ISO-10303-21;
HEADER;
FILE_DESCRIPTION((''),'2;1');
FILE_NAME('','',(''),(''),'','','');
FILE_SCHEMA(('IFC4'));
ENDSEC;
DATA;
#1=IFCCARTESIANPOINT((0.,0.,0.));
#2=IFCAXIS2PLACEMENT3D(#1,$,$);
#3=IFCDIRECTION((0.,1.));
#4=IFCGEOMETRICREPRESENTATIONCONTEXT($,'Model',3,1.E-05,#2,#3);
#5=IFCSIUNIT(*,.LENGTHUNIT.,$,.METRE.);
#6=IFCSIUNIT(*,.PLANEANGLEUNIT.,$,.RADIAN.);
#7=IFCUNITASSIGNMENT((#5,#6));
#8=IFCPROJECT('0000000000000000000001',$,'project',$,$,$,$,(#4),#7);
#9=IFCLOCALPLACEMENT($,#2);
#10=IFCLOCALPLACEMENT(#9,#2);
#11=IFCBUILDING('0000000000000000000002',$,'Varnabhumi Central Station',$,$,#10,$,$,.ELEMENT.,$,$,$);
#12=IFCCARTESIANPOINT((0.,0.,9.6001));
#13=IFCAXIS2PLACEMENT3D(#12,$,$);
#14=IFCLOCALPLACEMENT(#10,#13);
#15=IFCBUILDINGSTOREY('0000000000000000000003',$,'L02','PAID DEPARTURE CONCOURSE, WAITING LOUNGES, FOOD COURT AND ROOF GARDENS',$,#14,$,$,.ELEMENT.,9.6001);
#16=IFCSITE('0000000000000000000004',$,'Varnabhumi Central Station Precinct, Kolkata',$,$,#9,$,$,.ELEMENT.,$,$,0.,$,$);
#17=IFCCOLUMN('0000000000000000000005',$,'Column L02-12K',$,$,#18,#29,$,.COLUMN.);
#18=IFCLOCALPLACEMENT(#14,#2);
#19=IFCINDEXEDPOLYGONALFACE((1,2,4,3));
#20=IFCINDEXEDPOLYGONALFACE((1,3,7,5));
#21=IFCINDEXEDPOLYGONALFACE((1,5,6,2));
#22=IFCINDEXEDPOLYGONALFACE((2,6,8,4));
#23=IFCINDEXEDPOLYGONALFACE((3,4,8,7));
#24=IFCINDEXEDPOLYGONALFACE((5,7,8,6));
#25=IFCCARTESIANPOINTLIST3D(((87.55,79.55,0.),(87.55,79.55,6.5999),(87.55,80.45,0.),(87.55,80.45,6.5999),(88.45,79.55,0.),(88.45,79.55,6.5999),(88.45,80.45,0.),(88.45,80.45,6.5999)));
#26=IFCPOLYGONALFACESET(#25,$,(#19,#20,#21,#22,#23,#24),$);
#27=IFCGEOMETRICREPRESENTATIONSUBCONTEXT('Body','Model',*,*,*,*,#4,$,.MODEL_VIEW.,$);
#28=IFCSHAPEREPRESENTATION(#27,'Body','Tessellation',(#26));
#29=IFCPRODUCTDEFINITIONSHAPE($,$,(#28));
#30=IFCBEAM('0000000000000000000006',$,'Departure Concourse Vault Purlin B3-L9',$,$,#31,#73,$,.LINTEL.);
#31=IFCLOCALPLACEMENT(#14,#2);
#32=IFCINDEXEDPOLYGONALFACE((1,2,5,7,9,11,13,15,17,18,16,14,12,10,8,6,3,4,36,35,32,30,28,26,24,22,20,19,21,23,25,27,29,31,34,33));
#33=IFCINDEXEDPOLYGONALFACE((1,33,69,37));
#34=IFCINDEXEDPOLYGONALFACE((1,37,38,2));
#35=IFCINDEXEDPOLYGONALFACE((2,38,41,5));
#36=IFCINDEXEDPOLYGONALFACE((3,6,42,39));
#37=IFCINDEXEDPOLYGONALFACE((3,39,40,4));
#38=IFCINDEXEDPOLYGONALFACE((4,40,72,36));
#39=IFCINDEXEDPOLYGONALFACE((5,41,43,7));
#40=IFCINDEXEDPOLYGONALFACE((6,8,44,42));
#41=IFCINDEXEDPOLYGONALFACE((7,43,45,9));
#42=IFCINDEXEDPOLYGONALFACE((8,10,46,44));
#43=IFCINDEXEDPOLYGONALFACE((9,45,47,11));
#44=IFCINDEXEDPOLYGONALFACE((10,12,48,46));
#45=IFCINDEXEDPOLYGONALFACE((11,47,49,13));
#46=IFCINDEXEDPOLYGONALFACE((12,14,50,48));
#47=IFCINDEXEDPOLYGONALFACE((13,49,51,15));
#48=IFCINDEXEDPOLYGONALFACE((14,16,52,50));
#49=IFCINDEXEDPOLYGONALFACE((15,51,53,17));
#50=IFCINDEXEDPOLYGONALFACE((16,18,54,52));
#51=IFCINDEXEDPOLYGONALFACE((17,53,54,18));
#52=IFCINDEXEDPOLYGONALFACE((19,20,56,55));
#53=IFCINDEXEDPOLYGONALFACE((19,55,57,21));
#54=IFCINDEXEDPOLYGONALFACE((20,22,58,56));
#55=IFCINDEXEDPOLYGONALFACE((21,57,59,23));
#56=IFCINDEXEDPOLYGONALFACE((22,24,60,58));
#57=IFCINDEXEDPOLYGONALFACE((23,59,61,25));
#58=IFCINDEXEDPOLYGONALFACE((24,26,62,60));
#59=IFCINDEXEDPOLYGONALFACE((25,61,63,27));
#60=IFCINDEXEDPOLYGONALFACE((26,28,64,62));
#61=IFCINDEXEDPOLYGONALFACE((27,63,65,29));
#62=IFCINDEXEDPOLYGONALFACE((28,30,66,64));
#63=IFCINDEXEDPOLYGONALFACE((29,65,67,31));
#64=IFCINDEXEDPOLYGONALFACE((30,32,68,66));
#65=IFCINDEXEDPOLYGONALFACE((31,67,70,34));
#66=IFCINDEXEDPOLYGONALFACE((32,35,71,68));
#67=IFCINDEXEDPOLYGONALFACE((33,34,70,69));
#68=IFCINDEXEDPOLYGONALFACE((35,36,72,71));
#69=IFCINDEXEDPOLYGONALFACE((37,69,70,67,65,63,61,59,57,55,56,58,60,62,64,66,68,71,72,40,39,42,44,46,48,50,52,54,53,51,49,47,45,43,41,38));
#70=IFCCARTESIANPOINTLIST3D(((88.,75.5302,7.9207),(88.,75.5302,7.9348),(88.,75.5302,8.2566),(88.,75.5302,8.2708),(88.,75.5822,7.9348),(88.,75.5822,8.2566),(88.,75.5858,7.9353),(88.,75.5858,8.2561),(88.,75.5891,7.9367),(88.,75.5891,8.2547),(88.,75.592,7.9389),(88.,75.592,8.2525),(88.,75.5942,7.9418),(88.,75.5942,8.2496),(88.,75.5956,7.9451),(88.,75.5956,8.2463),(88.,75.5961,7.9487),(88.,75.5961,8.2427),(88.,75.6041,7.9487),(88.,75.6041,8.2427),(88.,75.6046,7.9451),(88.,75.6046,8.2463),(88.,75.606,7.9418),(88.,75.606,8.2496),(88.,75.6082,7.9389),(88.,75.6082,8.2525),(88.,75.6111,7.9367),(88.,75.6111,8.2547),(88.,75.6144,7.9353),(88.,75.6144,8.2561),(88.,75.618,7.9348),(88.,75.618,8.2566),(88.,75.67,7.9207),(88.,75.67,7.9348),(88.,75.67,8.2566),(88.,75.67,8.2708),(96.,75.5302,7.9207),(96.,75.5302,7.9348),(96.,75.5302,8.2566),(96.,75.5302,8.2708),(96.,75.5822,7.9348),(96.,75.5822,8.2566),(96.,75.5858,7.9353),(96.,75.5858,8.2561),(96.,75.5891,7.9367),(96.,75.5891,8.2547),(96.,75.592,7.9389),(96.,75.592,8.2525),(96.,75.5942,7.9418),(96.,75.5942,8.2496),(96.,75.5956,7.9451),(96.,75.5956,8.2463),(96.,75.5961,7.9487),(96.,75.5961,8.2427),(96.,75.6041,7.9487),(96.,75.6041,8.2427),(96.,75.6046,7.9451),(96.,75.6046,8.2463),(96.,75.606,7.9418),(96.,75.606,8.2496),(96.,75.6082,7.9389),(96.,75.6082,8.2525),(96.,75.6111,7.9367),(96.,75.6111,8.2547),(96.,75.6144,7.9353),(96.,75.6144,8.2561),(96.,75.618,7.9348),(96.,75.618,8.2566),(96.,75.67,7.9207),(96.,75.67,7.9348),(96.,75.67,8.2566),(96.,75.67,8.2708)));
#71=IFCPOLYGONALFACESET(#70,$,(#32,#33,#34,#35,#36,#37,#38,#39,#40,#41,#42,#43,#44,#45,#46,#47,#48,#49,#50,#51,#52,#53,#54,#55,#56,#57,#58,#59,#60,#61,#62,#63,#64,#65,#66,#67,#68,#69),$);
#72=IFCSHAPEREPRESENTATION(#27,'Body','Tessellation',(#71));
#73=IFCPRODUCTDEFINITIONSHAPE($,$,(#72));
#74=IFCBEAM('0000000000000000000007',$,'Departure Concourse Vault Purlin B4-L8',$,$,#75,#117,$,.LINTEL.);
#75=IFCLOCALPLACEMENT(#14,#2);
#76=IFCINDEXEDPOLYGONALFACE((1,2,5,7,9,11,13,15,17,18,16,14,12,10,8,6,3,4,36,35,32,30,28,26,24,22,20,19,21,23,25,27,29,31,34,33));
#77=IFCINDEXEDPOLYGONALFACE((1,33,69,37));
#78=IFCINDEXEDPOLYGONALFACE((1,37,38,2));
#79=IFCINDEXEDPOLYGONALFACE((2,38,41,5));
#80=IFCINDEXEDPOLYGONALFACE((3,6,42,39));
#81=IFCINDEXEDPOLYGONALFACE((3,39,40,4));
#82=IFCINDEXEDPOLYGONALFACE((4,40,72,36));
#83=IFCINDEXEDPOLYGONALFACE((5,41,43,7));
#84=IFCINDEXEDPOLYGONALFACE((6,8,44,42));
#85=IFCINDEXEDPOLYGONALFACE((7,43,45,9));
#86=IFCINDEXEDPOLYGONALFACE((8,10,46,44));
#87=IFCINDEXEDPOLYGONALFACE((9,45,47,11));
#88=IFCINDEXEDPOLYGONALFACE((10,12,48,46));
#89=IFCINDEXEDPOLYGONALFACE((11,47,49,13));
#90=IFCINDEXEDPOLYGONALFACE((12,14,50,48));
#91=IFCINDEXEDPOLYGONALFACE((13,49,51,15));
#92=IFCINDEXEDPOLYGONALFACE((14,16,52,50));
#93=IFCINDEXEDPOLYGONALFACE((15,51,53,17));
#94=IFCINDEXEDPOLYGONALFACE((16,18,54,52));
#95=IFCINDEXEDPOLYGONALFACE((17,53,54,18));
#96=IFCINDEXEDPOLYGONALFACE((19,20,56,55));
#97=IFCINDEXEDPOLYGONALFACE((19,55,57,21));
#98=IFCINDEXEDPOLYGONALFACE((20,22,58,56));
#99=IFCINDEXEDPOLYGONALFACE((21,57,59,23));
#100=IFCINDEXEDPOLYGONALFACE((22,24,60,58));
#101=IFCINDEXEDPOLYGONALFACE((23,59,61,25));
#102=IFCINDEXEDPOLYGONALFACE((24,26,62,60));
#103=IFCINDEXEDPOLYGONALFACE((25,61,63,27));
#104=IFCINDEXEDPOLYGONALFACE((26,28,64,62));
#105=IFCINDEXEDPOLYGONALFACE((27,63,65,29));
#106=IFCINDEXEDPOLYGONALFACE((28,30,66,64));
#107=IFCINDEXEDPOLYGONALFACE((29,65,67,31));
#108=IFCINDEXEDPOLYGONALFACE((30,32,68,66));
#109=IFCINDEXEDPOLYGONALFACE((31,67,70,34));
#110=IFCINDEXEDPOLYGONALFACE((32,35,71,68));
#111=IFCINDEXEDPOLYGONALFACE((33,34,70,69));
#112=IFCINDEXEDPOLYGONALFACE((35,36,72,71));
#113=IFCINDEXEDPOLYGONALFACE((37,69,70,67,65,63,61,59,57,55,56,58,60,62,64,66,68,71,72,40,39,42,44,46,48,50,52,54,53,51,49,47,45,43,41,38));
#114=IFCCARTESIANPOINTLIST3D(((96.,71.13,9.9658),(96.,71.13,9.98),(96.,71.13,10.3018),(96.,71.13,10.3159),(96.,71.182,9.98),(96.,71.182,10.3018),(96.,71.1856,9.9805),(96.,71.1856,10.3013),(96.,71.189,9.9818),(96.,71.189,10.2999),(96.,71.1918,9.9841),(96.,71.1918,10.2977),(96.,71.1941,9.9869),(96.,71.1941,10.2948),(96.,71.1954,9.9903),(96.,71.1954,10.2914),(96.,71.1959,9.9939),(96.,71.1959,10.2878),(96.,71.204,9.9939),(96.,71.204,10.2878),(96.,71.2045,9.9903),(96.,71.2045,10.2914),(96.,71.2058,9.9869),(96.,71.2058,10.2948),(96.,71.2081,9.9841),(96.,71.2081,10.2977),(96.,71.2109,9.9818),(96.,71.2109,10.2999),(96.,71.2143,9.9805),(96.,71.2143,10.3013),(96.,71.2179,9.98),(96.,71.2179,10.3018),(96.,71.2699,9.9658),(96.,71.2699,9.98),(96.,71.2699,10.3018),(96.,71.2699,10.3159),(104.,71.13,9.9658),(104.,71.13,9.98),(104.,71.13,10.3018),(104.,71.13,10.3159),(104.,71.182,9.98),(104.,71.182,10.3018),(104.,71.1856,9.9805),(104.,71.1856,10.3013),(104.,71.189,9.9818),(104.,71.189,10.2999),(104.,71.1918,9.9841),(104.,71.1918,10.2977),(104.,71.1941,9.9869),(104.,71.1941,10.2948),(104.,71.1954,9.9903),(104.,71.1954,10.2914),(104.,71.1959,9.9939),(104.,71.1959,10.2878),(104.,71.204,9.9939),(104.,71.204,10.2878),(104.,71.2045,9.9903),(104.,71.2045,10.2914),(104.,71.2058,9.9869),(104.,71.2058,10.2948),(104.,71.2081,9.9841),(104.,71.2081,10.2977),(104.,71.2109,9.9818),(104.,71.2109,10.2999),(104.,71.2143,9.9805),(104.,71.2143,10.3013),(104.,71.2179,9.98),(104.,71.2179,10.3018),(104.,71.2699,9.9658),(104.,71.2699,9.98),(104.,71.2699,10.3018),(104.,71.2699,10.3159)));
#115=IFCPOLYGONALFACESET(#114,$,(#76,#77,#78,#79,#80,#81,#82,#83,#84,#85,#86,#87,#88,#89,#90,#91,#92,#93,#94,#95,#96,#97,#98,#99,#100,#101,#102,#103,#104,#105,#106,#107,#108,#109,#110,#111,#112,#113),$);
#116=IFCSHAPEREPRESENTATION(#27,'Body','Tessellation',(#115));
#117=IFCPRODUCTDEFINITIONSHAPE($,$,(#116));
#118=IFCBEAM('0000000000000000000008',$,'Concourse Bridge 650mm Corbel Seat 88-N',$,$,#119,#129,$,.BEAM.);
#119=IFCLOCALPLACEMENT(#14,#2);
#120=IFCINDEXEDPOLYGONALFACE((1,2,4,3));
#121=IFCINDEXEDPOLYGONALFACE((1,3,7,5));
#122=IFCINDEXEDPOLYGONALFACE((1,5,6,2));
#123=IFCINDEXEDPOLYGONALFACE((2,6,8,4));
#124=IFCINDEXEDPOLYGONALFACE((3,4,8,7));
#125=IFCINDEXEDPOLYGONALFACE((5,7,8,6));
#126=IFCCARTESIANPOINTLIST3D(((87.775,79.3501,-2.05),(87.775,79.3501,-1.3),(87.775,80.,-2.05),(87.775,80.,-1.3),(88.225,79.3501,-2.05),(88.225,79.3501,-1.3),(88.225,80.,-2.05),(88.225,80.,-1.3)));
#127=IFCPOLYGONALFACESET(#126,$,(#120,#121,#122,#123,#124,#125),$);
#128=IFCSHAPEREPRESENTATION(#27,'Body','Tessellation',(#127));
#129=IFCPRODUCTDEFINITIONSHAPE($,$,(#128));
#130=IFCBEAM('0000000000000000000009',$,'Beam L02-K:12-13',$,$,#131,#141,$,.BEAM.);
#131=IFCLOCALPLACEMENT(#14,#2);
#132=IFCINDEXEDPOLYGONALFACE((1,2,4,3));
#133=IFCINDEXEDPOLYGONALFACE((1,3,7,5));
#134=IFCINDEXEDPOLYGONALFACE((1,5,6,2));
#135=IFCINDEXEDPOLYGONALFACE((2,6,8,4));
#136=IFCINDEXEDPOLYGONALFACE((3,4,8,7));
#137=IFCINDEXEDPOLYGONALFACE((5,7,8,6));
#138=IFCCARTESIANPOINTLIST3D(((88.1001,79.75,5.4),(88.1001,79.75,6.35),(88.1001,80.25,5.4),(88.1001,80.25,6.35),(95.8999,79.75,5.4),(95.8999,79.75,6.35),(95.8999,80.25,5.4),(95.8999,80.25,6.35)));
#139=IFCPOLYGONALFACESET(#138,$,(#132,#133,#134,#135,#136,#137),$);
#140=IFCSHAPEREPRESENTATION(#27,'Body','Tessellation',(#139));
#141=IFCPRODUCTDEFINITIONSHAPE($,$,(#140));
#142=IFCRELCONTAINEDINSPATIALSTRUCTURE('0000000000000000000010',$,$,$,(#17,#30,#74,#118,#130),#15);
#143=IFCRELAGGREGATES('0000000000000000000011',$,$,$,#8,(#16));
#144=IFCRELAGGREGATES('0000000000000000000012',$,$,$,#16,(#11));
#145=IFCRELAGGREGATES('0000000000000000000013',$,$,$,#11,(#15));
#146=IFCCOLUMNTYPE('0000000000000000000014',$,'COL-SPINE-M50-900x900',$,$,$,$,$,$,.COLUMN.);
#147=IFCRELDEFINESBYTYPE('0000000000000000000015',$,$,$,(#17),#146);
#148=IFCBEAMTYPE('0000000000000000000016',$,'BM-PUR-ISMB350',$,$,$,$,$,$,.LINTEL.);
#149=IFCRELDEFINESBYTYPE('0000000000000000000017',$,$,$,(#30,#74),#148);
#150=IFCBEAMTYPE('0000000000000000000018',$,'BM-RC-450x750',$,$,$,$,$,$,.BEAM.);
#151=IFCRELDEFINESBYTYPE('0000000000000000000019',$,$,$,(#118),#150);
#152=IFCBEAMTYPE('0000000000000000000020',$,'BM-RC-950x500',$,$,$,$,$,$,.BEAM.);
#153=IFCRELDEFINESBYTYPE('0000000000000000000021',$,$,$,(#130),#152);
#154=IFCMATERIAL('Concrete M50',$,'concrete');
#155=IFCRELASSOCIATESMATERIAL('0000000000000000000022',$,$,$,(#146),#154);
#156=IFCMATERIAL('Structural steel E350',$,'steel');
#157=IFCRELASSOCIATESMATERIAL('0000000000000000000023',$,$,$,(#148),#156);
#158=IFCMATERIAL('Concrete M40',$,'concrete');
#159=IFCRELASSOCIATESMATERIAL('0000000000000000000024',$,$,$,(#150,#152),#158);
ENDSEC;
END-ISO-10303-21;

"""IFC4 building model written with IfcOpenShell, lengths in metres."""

from ifc_helpers import new_model, si_unit, direction, frame, origin, origin_2d, place, context, subcontext, project, spatial, rectangle, i_section, extrude, material, material_profile, profile_set, type_object, element, save


model = new_model("IFC4")

# Units and contexts
model_context = context("Model", 3, precision=1e-05, world=origin(), true_north=direction((0.0, 1.0)))
body_context = subcontext(model_context, "Body", "Model", "MODEL_VIEW")
ifc_project = project(units=[si_unit("LENGTHUNIT", "METRE"), si_unit("PLANEANGLEUNIT", "RADIAN")], contexts=[model_context])

# Site, building, storey
site_placement = place(None, origin())
site = spatial("IfcSite", under=ifc_project, at=site_placement, Name="Varnabhumi Central Station Precinct, Kolkata", CompositionType="ELEMENT", RefElevation=0.0)
building_placement = place(site_placement, origin())
building = spatial("IfcBuilding", under=site, at=building_placement, Name="Varnabhumi Central Station", CompositionType="ELEMENT")
storey_placement = place(building_placement, frame((0.0, 0.0, 9.6001)))
storey = spatial("IfcBuildingStorey", under=building, at=storey_placement, Name="L02", Description="PAID DEPARTURE CONCOURSE, WAITING LOUNGES, FOOD COURT AND ROOF GARDENS", CompositionType="ELEMENT", Elevation=9.6001)

# Column
ifc_material_1 = material(Name="Concrete M50", Category="concrete")
ifc_material_profile_1 = material_profile(ifc_material_1, rectangle(XDim=0.8999, YDim=0.8999, at=origin_2d()), Name="Concrete M50", Category="concrete")
ifc_profile_set_1 = profile_set([ifc_material_profile_1], Name="Concrete M50")
column_type = type_object("IfcColumnType", Name="COL-SPINE-M50-900x900", PredefinedType="COLUMN", material=ifc_profile_set_1)
column_placement = place(storey_placement, frame((88.0, 80.0, 0.0), z_axis=(0.0, 0.0, 1.0), x_axis=(1.0, 0.0, 0.0)))
element("IfcColumn", 1, at=column_placement, inside=storey, type_object=column_type, Name="Column L02-12K", PredefinedType="COLUMN", context=body_context, shape_type="SweptSolid", body=[
    extrude(rectangle(XDim=0.8999, YDim=0.8999, at=origin_2d()), origin(), (0.0, 0.0, 1.0), 6.5999),
])

# Beams
ifc_material_2 = material(Name="Structural steel E350", Category="steel")
ifc_material_profile_2 = material_profile(ifc_material_2, i_section(OverallWidth=0.1399, OverallDepth=0.3501, WebThickness=0.0081, FlangeThickness=0.0142, FilletRadius=0.0139, at=origin_2d()), Name="Structural steel E350", Category="steel")
ifc_profile_set_2 = profile_set([ifc_material_profile_2], Name="Structural steel E350")
beam_type_1 = type_object("IfcBeamType", Name="BM-PUR-ISMB350", PredefinedType="LINTEL", material=ifc_profile_set_2)
for number, where, z_axis, x_axis, name in (
    (2, (88.0, 75.6001, 8.0957), (1.0, 0.0, 0.0), (0.0, 1.0, 0.0), "Departure Concourse Vault Purlin B3-L9"),
    (3, (96.0, 71.2, 10.1409), (1.0, 0.0, 0.0), (0.0, 1.0, 0.0), "Departure Concourse Vault Purlin B4-L8"),
):
    element("IfcBeam", number, at=place(storey_placement, frame(where, z_axis=z_axis, x_axis=x_axis)), inside=storey, type_object=beam_type_1, Name=name, PredefinedType="LINTEL", context=body_context, shape_type="SweptSolid", body=[
        extrude(i_section(OverallWidth=0.1399, OverallDepth=0.3501, WebThickness=0.0081, FlangeThickness=0.0142, FilletRadius=0.0139, at=origin_2d()), origin(), (0.0, 0.0, 1.0), 8.0),
    ])
ifc_material_3 = material(Name="Concrete M40", Category="concrete")
ifc_material_profile_3 = material_profile(ifc_material_3, rectangle(XDim=0.45, YDim=0.75, at=origin_2d()), Name="Concrete M40", Category="concrete")
ifc_profile_set_3 = profile_set([ifc_material_profile_3], Name="Concrete M40")
beam_type_2 = type_object("IfcBeamType", Name="BM-RC-450x750", PredefinedType="BEAM", material=ifc_profile_set_3)
beam_1_placement = place(storey_placement, frame((88.0, 80.0, -1.675), z_axis=(0.0, -1.0, 0.0), x_axis=(1.0, 0.0, 0.0)))
element("IfcBeam", 4, at=beam_1_placement, inside=storey, type_object=beam_type_2, Name="Concourse Bridge 650mm Corbel Seat 88-N", PredefinedType="BEAM", context=body_context, shape_type="SweptSolid", body=[
    extrude(rectangle(XDim=0.45, YDim=0.75, at=origin_2d()), origin(), (0.0, 0.0, 1.0), 0.6499),
])
ifc_material_profile_4 = material_profile(ifc_material_3, rectangle(XDim=0.5, YDim=0.95, at=origin_2d()), Name="Concrete M40", Category="concrete")
ifc_profile_set_4 = profile_set([ifc_material_profile_4], Name="Concrete M40")
beam_type_3 = type_object("IfcBeamType", Name="BM-RC-950x500", PredefinedType="BEAM", material=ifc_profile_set_4)
beam_2_placement = place(storey_placement, frame((88.1001, 80.0, 5.875), z_axis=(1.0, 0.0, 0.0), x_axis=(0.0, 1.0, 0.0)))
element("IfcBeam", 5, at=beam_2_placement, inside=storey, type_object=beam_type_3, Name="Beam L02-K:12-13", PredefinedType="BEAM", context=body_context, shape_type="SweptSolid", body=[
    extrude(rectangle(XDim=0.5, YDim=0.95, at=origin_2d()), origin(), (0.0, 0.0, 1.0), 7.7998),
])

save(model, "model.ifc")
